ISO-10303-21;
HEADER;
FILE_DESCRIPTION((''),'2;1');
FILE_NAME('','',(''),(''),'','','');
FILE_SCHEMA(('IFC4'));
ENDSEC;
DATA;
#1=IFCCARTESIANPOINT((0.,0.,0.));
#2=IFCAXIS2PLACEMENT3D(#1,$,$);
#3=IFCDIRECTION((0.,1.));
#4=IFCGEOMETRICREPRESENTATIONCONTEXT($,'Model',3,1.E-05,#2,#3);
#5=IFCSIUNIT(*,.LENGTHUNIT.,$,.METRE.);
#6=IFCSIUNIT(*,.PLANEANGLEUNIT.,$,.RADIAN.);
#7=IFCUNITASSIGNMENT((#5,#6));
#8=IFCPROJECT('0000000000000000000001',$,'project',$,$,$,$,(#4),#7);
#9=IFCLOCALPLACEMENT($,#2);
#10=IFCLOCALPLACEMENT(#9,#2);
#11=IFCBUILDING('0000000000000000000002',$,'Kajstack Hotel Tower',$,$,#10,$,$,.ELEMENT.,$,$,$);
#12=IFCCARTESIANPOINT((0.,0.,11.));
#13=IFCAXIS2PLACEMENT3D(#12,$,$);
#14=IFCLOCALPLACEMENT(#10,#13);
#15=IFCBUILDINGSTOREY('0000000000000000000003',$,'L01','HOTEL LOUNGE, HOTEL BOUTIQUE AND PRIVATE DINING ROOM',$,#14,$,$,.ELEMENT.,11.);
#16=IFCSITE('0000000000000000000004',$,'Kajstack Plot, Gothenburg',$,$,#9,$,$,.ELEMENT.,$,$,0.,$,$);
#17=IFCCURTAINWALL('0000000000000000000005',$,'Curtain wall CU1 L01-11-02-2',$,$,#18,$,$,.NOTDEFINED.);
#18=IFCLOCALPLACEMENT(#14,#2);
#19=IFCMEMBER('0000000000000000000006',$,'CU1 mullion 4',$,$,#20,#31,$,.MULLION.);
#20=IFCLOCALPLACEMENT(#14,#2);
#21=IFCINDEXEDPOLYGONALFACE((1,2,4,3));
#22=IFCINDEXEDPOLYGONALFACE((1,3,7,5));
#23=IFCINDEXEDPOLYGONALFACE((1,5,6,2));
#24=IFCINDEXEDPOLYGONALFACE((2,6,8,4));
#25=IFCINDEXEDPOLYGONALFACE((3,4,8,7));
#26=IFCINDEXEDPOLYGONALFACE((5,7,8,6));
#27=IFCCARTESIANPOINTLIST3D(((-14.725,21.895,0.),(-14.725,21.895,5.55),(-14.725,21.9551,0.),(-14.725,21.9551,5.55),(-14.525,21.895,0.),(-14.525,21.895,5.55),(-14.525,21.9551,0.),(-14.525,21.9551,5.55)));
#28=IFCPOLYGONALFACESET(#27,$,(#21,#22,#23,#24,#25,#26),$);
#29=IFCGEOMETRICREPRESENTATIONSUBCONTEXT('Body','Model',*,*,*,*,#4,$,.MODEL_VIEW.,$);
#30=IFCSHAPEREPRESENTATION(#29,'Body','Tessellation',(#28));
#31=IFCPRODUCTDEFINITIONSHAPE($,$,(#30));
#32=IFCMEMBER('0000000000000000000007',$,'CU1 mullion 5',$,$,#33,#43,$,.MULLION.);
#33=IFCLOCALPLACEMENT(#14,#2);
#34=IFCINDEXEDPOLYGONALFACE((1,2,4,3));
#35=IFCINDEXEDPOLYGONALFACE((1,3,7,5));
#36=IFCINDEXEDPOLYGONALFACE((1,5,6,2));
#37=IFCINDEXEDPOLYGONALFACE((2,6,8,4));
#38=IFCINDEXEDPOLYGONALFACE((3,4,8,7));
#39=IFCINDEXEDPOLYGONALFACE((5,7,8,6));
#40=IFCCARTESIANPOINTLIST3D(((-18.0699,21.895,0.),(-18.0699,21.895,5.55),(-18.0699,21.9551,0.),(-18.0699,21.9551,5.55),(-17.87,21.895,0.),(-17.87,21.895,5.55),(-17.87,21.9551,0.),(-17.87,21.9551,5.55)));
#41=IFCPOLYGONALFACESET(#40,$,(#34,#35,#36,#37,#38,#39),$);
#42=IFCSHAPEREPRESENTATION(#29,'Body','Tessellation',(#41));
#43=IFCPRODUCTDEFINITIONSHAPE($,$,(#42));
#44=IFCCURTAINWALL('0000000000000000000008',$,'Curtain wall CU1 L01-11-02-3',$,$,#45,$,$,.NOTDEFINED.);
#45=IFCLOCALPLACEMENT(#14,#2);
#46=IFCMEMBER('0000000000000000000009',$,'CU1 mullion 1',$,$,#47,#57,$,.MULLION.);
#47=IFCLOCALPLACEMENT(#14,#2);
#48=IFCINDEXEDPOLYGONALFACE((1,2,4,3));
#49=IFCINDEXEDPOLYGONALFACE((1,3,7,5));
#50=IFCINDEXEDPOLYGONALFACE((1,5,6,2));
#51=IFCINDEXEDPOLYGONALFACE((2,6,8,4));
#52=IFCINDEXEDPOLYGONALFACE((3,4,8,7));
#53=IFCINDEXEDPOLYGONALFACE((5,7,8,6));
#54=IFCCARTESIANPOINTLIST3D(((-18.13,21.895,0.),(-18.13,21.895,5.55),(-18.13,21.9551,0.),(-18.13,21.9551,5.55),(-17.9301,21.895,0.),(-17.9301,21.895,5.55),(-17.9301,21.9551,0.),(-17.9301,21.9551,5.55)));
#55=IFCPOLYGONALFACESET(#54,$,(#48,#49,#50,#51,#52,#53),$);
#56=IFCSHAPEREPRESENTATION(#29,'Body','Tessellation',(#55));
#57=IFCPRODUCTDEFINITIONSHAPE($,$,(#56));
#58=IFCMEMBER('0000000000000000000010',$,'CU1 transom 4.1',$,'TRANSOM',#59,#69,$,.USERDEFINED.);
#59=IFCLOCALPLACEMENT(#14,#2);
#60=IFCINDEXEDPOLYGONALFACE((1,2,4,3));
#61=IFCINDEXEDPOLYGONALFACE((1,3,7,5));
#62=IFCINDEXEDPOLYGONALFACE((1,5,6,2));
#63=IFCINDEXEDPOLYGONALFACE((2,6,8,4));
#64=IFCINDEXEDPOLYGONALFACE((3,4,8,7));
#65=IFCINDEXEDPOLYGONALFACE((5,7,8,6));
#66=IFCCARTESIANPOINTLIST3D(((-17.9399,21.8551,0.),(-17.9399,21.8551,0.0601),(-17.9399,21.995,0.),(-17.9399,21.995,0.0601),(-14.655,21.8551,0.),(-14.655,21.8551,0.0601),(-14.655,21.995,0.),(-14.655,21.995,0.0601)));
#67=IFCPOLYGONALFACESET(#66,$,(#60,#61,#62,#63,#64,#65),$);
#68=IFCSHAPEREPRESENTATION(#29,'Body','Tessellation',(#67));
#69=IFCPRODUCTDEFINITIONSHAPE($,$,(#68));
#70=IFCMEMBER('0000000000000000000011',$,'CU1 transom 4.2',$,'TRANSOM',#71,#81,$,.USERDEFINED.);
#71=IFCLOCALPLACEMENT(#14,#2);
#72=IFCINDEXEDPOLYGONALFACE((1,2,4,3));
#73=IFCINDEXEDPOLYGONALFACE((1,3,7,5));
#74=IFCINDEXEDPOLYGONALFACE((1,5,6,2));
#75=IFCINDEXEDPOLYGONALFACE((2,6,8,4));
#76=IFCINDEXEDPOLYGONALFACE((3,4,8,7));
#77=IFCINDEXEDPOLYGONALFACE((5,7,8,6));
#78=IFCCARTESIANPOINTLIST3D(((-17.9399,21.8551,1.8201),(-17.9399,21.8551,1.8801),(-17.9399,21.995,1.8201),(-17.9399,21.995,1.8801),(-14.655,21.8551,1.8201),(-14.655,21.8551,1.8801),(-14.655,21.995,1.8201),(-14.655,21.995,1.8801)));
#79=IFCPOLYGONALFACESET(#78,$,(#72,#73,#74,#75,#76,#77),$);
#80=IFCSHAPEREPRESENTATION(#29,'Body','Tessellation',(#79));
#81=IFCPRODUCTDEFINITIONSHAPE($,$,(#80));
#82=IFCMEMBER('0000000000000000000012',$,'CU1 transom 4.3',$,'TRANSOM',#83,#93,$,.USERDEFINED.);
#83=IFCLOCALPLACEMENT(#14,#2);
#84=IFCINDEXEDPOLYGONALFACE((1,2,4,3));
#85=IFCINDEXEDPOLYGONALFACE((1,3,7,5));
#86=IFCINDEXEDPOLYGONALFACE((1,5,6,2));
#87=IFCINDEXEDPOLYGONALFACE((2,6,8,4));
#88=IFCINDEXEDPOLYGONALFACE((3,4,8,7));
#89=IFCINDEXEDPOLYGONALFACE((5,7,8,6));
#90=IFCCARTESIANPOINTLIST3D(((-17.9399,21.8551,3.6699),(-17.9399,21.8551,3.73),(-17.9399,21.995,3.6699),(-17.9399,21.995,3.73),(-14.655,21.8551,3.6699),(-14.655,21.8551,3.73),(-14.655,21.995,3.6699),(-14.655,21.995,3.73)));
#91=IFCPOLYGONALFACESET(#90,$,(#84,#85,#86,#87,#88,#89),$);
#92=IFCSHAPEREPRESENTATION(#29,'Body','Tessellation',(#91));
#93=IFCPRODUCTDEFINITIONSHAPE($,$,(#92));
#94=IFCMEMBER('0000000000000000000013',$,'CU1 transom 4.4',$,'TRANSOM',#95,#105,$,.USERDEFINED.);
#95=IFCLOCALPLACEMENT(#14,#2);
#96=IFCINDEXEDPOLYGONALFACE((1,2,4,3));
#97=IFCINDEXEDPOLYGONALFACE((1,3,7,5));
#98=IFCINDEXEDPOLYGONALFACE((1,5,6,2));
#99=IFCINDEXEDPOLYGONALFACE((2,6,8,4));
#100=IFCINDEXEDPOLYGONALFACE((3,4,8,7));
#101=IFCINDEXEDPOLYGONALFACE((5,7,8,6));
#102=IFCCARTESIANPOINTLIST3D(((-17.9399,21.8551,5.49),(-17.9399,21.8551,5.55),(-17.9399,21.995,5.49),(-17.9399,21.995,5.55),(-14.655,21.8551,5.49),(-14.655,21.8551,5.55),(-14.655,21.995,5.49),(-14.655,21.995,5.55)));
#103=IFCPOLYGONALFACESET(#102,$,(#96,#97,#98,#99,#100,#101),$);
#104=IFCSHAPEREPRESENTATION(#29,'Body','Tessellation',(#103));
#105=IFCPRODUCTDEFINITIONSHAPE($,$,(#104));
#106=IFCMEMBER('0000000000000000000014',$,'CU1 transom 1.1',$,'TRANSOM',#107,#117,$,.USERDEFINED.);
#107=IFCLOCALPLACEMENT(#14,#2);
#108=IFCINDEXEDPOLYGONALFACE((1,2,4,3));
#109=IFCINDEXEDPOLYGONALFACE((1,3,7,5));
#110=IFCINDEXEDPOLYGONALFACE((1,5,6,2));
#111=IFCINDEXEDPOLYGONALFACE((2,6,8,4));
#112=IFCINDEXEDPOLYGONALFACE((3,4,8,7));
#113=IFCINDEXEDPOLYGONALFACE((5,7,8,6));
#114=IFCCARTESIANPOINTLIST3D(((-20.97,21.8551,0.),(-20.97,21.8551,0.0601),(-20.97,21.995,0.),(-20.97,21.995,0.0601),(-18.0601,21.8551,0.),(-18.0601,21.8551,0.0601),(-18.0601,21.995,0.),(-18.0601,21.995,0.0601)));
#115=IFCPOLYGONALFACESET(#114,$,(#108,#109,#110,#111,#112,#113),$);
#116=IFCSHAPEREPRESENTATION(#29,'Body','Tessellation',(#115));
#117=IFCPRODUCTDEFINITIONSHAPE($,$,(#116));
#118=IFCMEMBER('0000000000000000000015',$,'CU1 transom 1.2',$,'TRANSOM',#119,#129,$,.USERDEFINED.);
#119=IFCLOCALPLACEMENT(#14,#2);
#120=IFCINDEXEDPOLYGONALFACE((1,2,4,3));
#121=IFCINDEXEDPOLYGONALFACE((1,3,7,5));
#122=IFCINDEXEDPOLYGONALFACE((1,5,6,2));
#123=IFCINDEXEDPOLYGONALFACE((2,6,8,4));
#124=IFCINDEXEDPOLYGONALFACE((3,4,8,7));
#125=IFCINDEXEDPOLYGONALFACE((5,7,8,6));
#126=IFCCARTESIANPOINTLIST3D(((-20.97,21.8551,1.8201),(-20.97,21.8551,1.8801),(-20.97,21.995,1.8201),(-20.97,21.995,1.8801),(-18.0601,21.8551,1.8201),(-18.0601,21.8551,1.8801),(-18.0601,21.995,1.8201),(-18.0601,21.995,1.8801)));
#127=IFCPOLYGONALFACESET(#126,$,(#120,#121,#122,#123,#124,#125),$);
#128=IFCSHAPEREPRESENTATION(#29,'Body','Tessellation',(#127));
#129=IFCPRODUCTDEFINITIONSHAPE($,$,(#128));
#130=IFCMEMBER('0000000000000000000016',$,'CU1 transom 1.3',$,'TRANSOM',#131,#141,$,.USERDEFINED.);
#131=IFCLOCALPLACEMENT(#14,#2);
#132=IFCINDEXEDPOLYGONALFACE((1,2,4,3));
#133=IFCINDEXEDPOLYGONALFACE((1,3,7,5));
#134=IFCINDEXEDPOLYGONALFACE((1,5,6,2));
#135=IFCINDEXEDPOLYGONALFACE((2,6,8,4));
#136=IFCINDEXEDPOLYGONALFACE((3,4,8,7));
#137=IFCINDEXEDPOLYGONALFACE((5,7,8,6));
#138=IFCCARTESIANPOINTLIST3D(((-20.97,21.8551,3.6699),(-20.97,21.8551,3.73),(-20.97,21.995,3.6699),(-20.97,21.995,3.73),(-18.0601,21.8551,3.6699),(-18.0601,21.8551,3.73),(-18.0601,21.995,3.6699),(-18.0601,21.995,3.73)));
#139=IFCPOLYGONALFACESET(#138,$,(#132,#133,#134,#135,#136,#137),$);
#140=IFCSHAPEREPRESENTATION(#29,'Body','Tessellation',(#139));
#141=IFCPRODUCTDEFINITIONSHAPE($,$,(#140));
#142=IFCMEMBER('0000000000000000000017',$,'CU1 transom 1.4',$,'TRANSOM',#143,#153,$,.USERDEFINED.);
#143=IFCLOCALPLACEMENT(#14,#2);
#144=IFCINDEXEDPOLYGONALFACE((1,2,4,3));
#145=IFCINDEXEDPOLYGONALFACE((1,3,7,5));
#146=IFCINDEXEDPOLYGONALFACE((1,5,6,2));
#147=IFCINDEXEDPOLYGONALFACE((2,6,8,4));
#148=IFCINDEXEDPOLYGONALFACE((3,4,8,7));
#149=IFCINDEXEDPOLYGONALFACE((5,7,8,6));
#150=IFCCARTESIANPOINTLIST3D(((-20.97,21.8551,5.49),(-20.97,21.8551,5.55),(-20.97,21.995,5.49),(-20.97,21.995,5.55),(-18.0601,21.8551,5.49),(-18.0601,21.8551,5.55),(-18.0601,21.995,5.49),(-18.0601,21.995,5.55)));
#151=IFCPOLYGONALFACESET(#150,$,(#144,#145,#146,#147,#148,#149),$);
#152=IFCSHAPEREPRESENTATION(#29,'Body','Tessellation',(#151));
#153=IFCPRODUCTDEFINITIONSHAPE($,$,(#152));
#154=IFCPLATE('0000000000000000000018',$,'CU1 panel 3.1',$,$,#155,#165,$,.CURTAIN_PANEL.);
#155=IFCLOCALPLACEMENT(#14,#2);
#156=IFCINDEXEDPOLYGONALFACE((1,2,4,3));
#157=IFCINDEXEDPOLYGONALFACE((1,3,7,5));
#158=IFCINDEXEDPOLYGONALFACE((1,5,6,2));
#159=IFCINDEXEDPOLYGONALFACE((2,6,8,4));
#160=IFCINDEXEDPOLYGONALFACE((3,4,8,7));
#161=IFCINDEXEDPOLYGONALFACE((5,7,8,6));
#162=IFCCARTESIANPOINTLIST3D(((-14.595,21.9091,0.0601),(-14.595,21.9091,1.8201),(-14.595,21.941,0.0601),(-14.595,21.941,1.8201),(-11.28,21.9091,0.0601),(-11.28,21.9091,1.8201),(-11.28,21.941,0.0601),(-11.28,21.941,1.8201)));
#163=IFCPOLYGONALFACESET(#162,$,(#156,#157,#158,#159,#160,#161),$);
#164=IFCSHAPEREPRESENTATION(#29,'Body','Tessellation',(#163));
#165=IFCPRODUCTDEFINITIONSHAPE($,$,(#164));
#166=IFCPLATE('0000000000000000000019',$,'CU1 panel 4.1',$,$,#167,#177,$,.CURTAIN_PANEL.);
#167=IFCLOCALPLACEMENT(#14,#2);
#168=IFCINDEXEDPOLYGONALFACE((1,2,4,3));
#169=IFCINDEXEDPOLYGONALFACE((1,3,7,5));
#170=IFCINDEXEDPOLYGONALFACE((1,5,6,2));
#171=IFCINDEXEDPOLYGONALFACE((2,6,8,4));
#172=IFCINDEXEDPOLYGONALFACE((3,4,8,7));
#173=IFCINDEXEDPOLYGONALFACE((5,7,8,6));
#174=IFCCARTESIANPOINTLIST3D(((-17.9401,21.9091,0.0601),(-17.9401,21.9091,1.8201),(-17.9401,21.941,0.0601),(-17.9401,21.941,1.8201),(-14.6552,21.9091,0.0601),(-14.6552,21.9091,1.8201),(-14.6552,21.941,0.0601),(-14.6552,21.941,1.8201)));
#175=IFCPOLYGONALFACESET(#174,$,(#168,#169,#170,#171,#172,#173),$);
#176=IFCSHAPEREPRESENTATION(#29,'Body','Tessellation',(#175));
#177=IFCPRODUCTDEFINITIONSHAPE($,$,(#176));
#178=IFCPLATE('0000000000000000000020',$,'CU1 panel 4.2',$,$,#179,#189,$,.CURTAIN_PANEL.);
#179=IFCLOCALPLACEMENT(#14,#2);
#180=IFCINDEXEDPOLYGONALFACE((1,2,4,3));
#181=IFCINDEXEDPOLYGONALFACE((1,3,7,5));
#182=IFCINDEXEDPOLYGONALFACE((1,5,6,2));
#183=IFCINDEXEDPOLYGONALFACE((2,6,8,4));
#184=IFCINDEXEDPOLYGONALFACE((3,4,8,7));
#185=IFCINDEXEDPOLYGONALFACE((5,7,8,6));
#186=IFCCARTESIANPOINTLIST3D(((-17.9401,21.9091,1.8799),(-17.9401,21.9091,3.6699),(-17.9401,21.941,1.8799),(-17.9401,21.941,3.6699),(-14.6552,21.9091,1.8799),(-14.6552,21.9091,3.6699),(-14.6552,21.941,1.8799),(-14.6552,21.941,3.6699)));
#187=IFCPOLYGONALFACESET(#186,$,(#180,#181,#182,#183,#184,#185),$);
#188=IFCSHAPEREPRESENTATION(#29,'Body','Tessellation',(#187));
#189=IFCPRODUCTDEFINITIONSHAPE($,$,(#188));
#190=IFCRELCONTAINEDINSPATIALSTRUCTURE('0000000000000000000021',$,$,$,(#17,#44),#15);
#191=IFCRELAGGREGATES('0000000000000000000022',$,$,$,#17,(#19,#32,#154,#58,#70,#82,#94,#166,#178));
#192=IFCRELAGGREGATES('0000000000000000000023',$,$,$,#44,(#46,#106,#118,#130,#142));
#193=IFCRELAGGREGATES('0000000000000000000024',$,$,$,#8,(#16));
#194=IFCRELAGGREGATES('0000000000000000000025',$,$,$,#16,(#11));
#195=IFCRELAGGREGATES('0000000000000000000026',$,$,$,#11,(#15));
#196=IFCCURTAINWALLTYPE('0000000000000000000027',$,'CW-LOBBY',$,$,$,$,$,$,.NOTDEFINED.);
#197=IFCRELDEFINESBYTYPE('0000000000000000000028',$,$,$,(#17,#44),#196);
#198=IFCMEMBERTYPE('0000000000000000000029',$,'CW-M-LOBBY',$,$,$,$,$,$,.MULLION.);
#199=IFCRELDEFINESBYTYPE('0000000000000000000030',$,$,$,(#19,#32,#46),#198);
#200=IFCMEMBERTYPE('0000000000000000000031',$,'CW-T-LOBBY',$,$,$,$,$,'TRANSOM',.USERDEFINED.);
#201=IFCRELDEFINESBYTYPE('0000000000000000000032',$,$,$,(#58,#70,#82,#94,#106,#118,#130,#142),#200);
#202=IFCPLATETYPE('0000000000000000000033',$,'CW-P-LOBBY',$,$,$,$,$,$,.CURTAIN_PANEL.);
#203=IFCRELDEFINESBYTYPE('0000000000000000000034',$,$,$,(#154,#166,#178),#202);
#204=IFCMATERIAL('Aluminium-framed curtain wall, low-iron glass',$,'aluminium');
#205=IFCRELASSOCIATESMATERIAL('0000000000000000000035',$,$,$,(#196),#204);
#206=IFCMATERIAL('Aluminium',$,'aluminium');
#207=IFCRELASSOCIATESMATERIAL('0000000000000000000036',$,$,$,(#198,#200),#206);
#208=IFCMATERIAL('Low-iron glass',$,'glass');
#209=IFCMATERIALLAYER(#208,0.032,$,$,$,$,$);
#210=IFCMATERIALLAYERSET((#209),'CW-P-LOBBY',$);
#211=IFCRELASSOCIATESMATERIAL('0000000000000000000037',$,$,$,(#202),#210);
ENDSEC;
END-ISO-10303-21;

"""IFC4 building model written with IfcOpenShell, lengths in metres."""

from ifc_helpers import new_model, si_unit, direction, frame, origin, origin_2d, place, context, subcontext, project, spatial, rectangle, extrude, material, layer, layer_set, material_profile, profile_set, type_object, element, aggregate, save


model = new_model("IFC4")

# Units and contexts
model_context = context("Model", 3, precision=1e-05, world=origin(), true_north=direction((0.0, 1.0)))
body_context = subcontext(model_context, "Body", "Model", "MODEL_VIEW")
ifc_project = project(units=[si_unit("LENGTHUNIT", "METRE"), si_unit("PLANEANGLEUNIT", "RADIAN")], contexts=[model_context])

# Site, building, storey
site_placement = place(None, origin())
site = spatial("IfcSite", under=ifc_project, at=site_placement, Name="Kajstack Plot, Gothenburg", CompositionType="ELEMENT", RefElevation=0.0)
building_placement = place(site_placement, origin())
building = spatial("IfcBuilding", under=site, at=building_placement, Name="Kajstack Hotel Tower", CompositionType="ELEMENT")
storey_placement = place(building_placement, frame((0.0, 0.0, 11.0)))
storey = spatial("IfcBuildingStorey", under=building, at=storey_placement, Name="L01", Description="HOTEL LOUNGE, HOTEL BOUTIQUE AND PRIVATE DINING ROOM", CompositionType="ELEMENT", Elevation=11.0)

# Curtain wall, members
ifc_material_1 = material(Name="Aluminium-framed curtain wall, low-iron glass", Category="aluminium")
curtain_wall_type = type_object("IfcCurtainWallType", Name="CW-LOBBY", PredefinedType="NOTDEFINED", material=ifc_material_1)
curtain_wall_1_placement = place(storey_placement, origin())
curtain_wall_1 = element("IfcCurtainWall", 1, at=curtain_wall_1_placement, inside=storey, type_object=curtain_wall_type, Name="Curtain wall CU1 L01-11-02-2", PredefinedType="NOTDEFINED")
ifc_material_2 = material(Name="Aluminium", Category="aluminium")
ifc_material_profile_1 = material_profile(ifc_material_2, rectangle(XDim=0.0601, YDim=0.2, at=origin_2d()), Name="Aluminium mullion 60 x 200")
ifc_profile_set_1 = profile_set([ifc_material_profile_1], Name="Aluminium")
member_type_1 = type_object("IfcMemberType", Name="CW-M-LOBBY", PredefinedType="MULLION", material=ifc_profile_set_1)
member_1_placement = place(storey_placement, frame((-14.625, 21.925, 0.0), z_axis=(0.0, 0.0, 1.0), x_axis=(0.0, -1.0, 0.0)))
member_1 = element("IfcMember", 2, at=member_1_placement, type_object=member_type_1, Name="CU1 mullion 4", PredefinedType="MULLION", context=body_context, shape_type="SweptSolid", body=[
    extrude(rectangle(XDim=0.0601, YDim=0.2, at=origin_2d()), origin(), (0.0, 0.0, 1.0), 5.55),
])
member_2_placement = place(storey_placement, frame((-17.97, 21.925, 0.0), z_axis=(0.0, 0.0, 1.0), x_axis=(0.0, -1.0, 0.0)))
member_2 = element("IfcMember", 3, at=member_2_placement, type_object=member_type_1, Name="CU1 mullion 5", PredefinedType="MULLION", context=body_context, shape_type="SweptSolid", body=[
    extrude(rectangle(XDim=0.0601, YDim=0.2, at=origin_2d()), origin(), (0.0, 0.0, 1.0), 5.55),
])

# Curtain wall, member
curtain_wall_2_placement = place(storey_placement, origin())
curtain_wall_2 = element("IfcCurtainWall", 4, at=curtain_wall_2_placement, inside=storey, type_object=curtain_wall_type, Name="Curtain wall CU1 L01-11-02-3", PredefinedType="NOTDEFINED")
member_3_placement = place(storey_placement, frame((-18.03, 21.925, 0.0), z_axis=(0.0, 0.0, 1.0), x_axis=(0.0, -1.0, 0.0)))
member_3 = element("IfcMember", 5, at=member_3_placement, type_object=member_type_1, Name="CU1 mullion 1", PredefinedType="MULLION", context=body_context, shape_type="SweptSolid", body=[
    extrude(rectangle(XDim=0.0601, YDim=0.2, at=origin_2d()), origin(), (0.0, 0.0, 1.0), 5.55),
])

# Members
ifc_material_profile_2 = material_profile(ifc_material_2, rectangle(XDim=0.1399, YDim=0.0601, at=origin_2d()), Name="Aluminium transom 140 x 60")
ifc_profile_set_2 = profile_set([ifc_material_profile_2], Name="Aluminium")
member_type_2 = type_object("IfcMemberType", Name="CW-T-LOBBY", ElementType="TRANSOM", PredefinedType="USERDEFINED", material=ifc_profile_set_2)
member_4_placement = place(storey_placement, frame((-14.655, 21.925, 0.03), z_axis=(-1.0, 0.0, 0.0), x_axis=(0.0, -1.0, 0.0)))
member_4 = element("IfcMember", 6, at=member_4_placement, type_object=member_type_2, Name="CU1 transom 4.1", ObjectType="TRANSOM", PredefinedType="USERDEFINED", context=body_context, shape_type="SweptSolid", body=[
    extrude(rectangle(XDim=0.1399, YDim=0.0601, at=origin_2d()), origin(), (0.0, 0.0, 1.0), 3.2849),
])
member_5_placement = place(storey_placement, frame((-14.655, 21.925, 1.8501), z_axis=(-1.0, 0.0, 0.0), x_axis=(0.0, -1.0, 0.0)))
member_5 = element("IfcMember", 7, at=member_5_placement, type_object=member_type_2, Name="CU1 transom 4.2", ObjectType="TRANSOM", PredefinedType="USERDEFINED", context=body_context, shape_type="SweptSolid", body=[
    extrude(rectangle(XDim=0.1399, YDim=0.0601, at=origin_2d()), origin(), (0.0, 0.0, 1.0), 3.2849),
])
member_6_placement = place(storey_placement, frame((-14.655, 21.925, 3.7), z_axis=(-1.0, 0.0, 0.0), x_axis=(0.0, -1.0, 0.0)))
member_6 = element("IfcMember", 8, at=member_6_placement, type_object=member_type_2, Name="CU1 transom 4.3", ObjectType="TRANSOM", PredefinedType="USERDEFINED", context=body_context, shape_type="SweptSolid", body=[
    extrude(rectangle(XDim=0.1399, YDim=0.0601, at=origin_2d()), origin(), (0.0, 0.0, 1.0), 3.2849),
])
member_7_placement = place(storey_placement, frame((-14.655, 21.925, 5.52), z_axis=(-1.0, 0.0, 0.0), x_axis=(0.0, -1.0, 0.0)))
member_7 = element("IfcMember", 9, at=member_7_placement, type_object=member_type_2, Name="CU1 transom 4.4", ObjectType="TRANSOM", PredefinedType="USERDEFINED", context=body_context, shape_type="SweptSolid", body=[
    extrude(rectangle(XDim=0.1399, YDim=0.0601, at=origin_2d()), origin(), (0.0, 0.0, 1.0), 3.2849),
])
member_8_placement = place(storey_placement, frame((-18.0601, 21.925, 0.03), z_axis=(-1.0, 0.0, 0.0), x_axis=(0.0, -1.0, 0.0)))
member_8 = element("IfcMember", 10, at=member_8_placement, type_object=member_type_2, Name="CU1 transom 1.1", ObjectType="TRANSOM", PredefinedType="USERDEFINED", context=body_context, shape_type="SweptSolid", body=[
    extrude(rectangle(XDim=0.1399, YDim=0.0601, at=origin_2d()), origin(), (0.0, 0.0, 1.0), 2.9099),
])
member_9_placement = place(storey_placement, frame((-18.0601, 21.925, 1.8501), z_axis=(-1.0, 0.0, 0.0), x_axis=(0.0, -1.0, 0.0)))
member_9 = element("IfcMember", 11, at=member_9_placement, type_object=member_type_2, Name="CU1 transom 1.2", ObjectType="TRANSOM", PredefinedType="USERDEFINED", context=body_context, shape_type="SweptSolid", body=[
    extrude(rectangle(XDim=0.1399, YDim=0.0601, at=origin_2d()), origin(), (0.0, 0.0, 1.0), 2.9099),
])
member_10_placement = place(storey_placement, frame((-18.0601, 21.925, 3.7), z_axis=(-1.0, 0.0, 0.0), x_axis=(0.0, -1.0, 0.0)))
member_10 = element("IfcMember", 12, at=member_10_placement, type_object=member_type_2, Name="CU1 transom 1.3", ObjectType="TRANSOM", PredefinedType="USERDEFINED", context=body_context, shape_type="SweptSolid", body=[
    extrude(rectangle(XDim=0.1399, YDim=0.0601, at=origin_2d()), origin(), (0.0, 0.0, 1.0), 2.9099),
])
member_11_placement = place(storey_placement, frame((-18.0601, 21.925, 5.52), z_axis=(-1.0, 0.0, 0.0), x_axis=(0.0, -1.0, 0.0)))
member_11 = element("IfcMember", 13, at=member_11_placement, type_object=member_type_2, Name="CU1 transom 1.4", ObjectType="TRANSOM", PredefinedType="USERDEFINED", context=body_context, shape_type="SweptSolid", body=[
    extrude(rectangle(XDim=0.1399, YDim=0.0601, at=origin_2d()), origin(), (0.0, 0.0, 1.0), 2.9099),
])

# Plates
ifc_material_3 = material(Name="Low-iron glass", Category="glass")
ifc_layer = layer(ifc_material_3, 0.032)
ifc_layer_set = layer_set([ifc_layer], Name="CW-P-LOBBY")
plate_type = type_object("IfcPlateType", Name="CW-P-LOBBY", PredefinedType="CURTAIN_PANEL", material=ifc_layer_set)
plate_1_placement = place(storey_placement, frame((-12.9375, 21.925, 0.0601), z_axis=(0.0, 0.0, 1.0), x_axis=(-1.0, 0.0, 0.0)))
plate_1 = element("IfcPlate", 14, at=plate_1_placement, type_object=plate_type, Name="CU1 panel 3.1", PredefinedType="CURTAIN_PANEL", context=body_context, shape_type="SweptSolid", body=[
    extrude(rectangle(XDim=3.3149, YDim=0.032, at=origin_2d()), origin(), (0.0, 0.0, 1.0), 1.76),
])
plate_2_placement = place(storey_placement, frame((-16.2976, 21.925, 0.0601), z_axis=(0.0, 0.0, 1.0), x_axis=(-1.0, 0.0, 0.0)))
plate_2 = element("IfcPlate", 15, at=plate_2_placement, type_object=plate_type, Name="CU1 panel 4.1", PredefinedType="CURTAIN_PANEL", context=body_context, shape_type="SweptSolid", body=[
    extrude(rectangle(XDim=3.2849, YDim=0.032, at=origin_2d()), origin(), (0.0, 0.0, 1.0), 1.76),
])
plate_3_placement = place(storey_placement, frame((-16.2976, 21.925, 1.8799), z_axis=(0.0, 0.0, 1.0), x_axis=(-1.0, 0.0, 0.0)))
plate_3 = element("IfcPlate", 16, at=plate_3_placement, type_object=plate_type, Name="CU1 panel 4.2", PredefinedType="CURTAIN_PANEL", context=body_context, shape_type="SweptSolid", body=[
    extrude(rectangle(XDim=3.2849, YDim=0.032, at=origin_2d()), origin(), (0.0, 0.0, 1.0), 1.79),
])
aggregate(curtain_wall_1, [member_1, member_2, plate_1, member_4, member_5, member_6, member_7, plate_2, plate_3])
aggregate(curtain_wall_2, [member_3, member_8, member_9, member_10, member_11])

save(model, "model.ifc")
